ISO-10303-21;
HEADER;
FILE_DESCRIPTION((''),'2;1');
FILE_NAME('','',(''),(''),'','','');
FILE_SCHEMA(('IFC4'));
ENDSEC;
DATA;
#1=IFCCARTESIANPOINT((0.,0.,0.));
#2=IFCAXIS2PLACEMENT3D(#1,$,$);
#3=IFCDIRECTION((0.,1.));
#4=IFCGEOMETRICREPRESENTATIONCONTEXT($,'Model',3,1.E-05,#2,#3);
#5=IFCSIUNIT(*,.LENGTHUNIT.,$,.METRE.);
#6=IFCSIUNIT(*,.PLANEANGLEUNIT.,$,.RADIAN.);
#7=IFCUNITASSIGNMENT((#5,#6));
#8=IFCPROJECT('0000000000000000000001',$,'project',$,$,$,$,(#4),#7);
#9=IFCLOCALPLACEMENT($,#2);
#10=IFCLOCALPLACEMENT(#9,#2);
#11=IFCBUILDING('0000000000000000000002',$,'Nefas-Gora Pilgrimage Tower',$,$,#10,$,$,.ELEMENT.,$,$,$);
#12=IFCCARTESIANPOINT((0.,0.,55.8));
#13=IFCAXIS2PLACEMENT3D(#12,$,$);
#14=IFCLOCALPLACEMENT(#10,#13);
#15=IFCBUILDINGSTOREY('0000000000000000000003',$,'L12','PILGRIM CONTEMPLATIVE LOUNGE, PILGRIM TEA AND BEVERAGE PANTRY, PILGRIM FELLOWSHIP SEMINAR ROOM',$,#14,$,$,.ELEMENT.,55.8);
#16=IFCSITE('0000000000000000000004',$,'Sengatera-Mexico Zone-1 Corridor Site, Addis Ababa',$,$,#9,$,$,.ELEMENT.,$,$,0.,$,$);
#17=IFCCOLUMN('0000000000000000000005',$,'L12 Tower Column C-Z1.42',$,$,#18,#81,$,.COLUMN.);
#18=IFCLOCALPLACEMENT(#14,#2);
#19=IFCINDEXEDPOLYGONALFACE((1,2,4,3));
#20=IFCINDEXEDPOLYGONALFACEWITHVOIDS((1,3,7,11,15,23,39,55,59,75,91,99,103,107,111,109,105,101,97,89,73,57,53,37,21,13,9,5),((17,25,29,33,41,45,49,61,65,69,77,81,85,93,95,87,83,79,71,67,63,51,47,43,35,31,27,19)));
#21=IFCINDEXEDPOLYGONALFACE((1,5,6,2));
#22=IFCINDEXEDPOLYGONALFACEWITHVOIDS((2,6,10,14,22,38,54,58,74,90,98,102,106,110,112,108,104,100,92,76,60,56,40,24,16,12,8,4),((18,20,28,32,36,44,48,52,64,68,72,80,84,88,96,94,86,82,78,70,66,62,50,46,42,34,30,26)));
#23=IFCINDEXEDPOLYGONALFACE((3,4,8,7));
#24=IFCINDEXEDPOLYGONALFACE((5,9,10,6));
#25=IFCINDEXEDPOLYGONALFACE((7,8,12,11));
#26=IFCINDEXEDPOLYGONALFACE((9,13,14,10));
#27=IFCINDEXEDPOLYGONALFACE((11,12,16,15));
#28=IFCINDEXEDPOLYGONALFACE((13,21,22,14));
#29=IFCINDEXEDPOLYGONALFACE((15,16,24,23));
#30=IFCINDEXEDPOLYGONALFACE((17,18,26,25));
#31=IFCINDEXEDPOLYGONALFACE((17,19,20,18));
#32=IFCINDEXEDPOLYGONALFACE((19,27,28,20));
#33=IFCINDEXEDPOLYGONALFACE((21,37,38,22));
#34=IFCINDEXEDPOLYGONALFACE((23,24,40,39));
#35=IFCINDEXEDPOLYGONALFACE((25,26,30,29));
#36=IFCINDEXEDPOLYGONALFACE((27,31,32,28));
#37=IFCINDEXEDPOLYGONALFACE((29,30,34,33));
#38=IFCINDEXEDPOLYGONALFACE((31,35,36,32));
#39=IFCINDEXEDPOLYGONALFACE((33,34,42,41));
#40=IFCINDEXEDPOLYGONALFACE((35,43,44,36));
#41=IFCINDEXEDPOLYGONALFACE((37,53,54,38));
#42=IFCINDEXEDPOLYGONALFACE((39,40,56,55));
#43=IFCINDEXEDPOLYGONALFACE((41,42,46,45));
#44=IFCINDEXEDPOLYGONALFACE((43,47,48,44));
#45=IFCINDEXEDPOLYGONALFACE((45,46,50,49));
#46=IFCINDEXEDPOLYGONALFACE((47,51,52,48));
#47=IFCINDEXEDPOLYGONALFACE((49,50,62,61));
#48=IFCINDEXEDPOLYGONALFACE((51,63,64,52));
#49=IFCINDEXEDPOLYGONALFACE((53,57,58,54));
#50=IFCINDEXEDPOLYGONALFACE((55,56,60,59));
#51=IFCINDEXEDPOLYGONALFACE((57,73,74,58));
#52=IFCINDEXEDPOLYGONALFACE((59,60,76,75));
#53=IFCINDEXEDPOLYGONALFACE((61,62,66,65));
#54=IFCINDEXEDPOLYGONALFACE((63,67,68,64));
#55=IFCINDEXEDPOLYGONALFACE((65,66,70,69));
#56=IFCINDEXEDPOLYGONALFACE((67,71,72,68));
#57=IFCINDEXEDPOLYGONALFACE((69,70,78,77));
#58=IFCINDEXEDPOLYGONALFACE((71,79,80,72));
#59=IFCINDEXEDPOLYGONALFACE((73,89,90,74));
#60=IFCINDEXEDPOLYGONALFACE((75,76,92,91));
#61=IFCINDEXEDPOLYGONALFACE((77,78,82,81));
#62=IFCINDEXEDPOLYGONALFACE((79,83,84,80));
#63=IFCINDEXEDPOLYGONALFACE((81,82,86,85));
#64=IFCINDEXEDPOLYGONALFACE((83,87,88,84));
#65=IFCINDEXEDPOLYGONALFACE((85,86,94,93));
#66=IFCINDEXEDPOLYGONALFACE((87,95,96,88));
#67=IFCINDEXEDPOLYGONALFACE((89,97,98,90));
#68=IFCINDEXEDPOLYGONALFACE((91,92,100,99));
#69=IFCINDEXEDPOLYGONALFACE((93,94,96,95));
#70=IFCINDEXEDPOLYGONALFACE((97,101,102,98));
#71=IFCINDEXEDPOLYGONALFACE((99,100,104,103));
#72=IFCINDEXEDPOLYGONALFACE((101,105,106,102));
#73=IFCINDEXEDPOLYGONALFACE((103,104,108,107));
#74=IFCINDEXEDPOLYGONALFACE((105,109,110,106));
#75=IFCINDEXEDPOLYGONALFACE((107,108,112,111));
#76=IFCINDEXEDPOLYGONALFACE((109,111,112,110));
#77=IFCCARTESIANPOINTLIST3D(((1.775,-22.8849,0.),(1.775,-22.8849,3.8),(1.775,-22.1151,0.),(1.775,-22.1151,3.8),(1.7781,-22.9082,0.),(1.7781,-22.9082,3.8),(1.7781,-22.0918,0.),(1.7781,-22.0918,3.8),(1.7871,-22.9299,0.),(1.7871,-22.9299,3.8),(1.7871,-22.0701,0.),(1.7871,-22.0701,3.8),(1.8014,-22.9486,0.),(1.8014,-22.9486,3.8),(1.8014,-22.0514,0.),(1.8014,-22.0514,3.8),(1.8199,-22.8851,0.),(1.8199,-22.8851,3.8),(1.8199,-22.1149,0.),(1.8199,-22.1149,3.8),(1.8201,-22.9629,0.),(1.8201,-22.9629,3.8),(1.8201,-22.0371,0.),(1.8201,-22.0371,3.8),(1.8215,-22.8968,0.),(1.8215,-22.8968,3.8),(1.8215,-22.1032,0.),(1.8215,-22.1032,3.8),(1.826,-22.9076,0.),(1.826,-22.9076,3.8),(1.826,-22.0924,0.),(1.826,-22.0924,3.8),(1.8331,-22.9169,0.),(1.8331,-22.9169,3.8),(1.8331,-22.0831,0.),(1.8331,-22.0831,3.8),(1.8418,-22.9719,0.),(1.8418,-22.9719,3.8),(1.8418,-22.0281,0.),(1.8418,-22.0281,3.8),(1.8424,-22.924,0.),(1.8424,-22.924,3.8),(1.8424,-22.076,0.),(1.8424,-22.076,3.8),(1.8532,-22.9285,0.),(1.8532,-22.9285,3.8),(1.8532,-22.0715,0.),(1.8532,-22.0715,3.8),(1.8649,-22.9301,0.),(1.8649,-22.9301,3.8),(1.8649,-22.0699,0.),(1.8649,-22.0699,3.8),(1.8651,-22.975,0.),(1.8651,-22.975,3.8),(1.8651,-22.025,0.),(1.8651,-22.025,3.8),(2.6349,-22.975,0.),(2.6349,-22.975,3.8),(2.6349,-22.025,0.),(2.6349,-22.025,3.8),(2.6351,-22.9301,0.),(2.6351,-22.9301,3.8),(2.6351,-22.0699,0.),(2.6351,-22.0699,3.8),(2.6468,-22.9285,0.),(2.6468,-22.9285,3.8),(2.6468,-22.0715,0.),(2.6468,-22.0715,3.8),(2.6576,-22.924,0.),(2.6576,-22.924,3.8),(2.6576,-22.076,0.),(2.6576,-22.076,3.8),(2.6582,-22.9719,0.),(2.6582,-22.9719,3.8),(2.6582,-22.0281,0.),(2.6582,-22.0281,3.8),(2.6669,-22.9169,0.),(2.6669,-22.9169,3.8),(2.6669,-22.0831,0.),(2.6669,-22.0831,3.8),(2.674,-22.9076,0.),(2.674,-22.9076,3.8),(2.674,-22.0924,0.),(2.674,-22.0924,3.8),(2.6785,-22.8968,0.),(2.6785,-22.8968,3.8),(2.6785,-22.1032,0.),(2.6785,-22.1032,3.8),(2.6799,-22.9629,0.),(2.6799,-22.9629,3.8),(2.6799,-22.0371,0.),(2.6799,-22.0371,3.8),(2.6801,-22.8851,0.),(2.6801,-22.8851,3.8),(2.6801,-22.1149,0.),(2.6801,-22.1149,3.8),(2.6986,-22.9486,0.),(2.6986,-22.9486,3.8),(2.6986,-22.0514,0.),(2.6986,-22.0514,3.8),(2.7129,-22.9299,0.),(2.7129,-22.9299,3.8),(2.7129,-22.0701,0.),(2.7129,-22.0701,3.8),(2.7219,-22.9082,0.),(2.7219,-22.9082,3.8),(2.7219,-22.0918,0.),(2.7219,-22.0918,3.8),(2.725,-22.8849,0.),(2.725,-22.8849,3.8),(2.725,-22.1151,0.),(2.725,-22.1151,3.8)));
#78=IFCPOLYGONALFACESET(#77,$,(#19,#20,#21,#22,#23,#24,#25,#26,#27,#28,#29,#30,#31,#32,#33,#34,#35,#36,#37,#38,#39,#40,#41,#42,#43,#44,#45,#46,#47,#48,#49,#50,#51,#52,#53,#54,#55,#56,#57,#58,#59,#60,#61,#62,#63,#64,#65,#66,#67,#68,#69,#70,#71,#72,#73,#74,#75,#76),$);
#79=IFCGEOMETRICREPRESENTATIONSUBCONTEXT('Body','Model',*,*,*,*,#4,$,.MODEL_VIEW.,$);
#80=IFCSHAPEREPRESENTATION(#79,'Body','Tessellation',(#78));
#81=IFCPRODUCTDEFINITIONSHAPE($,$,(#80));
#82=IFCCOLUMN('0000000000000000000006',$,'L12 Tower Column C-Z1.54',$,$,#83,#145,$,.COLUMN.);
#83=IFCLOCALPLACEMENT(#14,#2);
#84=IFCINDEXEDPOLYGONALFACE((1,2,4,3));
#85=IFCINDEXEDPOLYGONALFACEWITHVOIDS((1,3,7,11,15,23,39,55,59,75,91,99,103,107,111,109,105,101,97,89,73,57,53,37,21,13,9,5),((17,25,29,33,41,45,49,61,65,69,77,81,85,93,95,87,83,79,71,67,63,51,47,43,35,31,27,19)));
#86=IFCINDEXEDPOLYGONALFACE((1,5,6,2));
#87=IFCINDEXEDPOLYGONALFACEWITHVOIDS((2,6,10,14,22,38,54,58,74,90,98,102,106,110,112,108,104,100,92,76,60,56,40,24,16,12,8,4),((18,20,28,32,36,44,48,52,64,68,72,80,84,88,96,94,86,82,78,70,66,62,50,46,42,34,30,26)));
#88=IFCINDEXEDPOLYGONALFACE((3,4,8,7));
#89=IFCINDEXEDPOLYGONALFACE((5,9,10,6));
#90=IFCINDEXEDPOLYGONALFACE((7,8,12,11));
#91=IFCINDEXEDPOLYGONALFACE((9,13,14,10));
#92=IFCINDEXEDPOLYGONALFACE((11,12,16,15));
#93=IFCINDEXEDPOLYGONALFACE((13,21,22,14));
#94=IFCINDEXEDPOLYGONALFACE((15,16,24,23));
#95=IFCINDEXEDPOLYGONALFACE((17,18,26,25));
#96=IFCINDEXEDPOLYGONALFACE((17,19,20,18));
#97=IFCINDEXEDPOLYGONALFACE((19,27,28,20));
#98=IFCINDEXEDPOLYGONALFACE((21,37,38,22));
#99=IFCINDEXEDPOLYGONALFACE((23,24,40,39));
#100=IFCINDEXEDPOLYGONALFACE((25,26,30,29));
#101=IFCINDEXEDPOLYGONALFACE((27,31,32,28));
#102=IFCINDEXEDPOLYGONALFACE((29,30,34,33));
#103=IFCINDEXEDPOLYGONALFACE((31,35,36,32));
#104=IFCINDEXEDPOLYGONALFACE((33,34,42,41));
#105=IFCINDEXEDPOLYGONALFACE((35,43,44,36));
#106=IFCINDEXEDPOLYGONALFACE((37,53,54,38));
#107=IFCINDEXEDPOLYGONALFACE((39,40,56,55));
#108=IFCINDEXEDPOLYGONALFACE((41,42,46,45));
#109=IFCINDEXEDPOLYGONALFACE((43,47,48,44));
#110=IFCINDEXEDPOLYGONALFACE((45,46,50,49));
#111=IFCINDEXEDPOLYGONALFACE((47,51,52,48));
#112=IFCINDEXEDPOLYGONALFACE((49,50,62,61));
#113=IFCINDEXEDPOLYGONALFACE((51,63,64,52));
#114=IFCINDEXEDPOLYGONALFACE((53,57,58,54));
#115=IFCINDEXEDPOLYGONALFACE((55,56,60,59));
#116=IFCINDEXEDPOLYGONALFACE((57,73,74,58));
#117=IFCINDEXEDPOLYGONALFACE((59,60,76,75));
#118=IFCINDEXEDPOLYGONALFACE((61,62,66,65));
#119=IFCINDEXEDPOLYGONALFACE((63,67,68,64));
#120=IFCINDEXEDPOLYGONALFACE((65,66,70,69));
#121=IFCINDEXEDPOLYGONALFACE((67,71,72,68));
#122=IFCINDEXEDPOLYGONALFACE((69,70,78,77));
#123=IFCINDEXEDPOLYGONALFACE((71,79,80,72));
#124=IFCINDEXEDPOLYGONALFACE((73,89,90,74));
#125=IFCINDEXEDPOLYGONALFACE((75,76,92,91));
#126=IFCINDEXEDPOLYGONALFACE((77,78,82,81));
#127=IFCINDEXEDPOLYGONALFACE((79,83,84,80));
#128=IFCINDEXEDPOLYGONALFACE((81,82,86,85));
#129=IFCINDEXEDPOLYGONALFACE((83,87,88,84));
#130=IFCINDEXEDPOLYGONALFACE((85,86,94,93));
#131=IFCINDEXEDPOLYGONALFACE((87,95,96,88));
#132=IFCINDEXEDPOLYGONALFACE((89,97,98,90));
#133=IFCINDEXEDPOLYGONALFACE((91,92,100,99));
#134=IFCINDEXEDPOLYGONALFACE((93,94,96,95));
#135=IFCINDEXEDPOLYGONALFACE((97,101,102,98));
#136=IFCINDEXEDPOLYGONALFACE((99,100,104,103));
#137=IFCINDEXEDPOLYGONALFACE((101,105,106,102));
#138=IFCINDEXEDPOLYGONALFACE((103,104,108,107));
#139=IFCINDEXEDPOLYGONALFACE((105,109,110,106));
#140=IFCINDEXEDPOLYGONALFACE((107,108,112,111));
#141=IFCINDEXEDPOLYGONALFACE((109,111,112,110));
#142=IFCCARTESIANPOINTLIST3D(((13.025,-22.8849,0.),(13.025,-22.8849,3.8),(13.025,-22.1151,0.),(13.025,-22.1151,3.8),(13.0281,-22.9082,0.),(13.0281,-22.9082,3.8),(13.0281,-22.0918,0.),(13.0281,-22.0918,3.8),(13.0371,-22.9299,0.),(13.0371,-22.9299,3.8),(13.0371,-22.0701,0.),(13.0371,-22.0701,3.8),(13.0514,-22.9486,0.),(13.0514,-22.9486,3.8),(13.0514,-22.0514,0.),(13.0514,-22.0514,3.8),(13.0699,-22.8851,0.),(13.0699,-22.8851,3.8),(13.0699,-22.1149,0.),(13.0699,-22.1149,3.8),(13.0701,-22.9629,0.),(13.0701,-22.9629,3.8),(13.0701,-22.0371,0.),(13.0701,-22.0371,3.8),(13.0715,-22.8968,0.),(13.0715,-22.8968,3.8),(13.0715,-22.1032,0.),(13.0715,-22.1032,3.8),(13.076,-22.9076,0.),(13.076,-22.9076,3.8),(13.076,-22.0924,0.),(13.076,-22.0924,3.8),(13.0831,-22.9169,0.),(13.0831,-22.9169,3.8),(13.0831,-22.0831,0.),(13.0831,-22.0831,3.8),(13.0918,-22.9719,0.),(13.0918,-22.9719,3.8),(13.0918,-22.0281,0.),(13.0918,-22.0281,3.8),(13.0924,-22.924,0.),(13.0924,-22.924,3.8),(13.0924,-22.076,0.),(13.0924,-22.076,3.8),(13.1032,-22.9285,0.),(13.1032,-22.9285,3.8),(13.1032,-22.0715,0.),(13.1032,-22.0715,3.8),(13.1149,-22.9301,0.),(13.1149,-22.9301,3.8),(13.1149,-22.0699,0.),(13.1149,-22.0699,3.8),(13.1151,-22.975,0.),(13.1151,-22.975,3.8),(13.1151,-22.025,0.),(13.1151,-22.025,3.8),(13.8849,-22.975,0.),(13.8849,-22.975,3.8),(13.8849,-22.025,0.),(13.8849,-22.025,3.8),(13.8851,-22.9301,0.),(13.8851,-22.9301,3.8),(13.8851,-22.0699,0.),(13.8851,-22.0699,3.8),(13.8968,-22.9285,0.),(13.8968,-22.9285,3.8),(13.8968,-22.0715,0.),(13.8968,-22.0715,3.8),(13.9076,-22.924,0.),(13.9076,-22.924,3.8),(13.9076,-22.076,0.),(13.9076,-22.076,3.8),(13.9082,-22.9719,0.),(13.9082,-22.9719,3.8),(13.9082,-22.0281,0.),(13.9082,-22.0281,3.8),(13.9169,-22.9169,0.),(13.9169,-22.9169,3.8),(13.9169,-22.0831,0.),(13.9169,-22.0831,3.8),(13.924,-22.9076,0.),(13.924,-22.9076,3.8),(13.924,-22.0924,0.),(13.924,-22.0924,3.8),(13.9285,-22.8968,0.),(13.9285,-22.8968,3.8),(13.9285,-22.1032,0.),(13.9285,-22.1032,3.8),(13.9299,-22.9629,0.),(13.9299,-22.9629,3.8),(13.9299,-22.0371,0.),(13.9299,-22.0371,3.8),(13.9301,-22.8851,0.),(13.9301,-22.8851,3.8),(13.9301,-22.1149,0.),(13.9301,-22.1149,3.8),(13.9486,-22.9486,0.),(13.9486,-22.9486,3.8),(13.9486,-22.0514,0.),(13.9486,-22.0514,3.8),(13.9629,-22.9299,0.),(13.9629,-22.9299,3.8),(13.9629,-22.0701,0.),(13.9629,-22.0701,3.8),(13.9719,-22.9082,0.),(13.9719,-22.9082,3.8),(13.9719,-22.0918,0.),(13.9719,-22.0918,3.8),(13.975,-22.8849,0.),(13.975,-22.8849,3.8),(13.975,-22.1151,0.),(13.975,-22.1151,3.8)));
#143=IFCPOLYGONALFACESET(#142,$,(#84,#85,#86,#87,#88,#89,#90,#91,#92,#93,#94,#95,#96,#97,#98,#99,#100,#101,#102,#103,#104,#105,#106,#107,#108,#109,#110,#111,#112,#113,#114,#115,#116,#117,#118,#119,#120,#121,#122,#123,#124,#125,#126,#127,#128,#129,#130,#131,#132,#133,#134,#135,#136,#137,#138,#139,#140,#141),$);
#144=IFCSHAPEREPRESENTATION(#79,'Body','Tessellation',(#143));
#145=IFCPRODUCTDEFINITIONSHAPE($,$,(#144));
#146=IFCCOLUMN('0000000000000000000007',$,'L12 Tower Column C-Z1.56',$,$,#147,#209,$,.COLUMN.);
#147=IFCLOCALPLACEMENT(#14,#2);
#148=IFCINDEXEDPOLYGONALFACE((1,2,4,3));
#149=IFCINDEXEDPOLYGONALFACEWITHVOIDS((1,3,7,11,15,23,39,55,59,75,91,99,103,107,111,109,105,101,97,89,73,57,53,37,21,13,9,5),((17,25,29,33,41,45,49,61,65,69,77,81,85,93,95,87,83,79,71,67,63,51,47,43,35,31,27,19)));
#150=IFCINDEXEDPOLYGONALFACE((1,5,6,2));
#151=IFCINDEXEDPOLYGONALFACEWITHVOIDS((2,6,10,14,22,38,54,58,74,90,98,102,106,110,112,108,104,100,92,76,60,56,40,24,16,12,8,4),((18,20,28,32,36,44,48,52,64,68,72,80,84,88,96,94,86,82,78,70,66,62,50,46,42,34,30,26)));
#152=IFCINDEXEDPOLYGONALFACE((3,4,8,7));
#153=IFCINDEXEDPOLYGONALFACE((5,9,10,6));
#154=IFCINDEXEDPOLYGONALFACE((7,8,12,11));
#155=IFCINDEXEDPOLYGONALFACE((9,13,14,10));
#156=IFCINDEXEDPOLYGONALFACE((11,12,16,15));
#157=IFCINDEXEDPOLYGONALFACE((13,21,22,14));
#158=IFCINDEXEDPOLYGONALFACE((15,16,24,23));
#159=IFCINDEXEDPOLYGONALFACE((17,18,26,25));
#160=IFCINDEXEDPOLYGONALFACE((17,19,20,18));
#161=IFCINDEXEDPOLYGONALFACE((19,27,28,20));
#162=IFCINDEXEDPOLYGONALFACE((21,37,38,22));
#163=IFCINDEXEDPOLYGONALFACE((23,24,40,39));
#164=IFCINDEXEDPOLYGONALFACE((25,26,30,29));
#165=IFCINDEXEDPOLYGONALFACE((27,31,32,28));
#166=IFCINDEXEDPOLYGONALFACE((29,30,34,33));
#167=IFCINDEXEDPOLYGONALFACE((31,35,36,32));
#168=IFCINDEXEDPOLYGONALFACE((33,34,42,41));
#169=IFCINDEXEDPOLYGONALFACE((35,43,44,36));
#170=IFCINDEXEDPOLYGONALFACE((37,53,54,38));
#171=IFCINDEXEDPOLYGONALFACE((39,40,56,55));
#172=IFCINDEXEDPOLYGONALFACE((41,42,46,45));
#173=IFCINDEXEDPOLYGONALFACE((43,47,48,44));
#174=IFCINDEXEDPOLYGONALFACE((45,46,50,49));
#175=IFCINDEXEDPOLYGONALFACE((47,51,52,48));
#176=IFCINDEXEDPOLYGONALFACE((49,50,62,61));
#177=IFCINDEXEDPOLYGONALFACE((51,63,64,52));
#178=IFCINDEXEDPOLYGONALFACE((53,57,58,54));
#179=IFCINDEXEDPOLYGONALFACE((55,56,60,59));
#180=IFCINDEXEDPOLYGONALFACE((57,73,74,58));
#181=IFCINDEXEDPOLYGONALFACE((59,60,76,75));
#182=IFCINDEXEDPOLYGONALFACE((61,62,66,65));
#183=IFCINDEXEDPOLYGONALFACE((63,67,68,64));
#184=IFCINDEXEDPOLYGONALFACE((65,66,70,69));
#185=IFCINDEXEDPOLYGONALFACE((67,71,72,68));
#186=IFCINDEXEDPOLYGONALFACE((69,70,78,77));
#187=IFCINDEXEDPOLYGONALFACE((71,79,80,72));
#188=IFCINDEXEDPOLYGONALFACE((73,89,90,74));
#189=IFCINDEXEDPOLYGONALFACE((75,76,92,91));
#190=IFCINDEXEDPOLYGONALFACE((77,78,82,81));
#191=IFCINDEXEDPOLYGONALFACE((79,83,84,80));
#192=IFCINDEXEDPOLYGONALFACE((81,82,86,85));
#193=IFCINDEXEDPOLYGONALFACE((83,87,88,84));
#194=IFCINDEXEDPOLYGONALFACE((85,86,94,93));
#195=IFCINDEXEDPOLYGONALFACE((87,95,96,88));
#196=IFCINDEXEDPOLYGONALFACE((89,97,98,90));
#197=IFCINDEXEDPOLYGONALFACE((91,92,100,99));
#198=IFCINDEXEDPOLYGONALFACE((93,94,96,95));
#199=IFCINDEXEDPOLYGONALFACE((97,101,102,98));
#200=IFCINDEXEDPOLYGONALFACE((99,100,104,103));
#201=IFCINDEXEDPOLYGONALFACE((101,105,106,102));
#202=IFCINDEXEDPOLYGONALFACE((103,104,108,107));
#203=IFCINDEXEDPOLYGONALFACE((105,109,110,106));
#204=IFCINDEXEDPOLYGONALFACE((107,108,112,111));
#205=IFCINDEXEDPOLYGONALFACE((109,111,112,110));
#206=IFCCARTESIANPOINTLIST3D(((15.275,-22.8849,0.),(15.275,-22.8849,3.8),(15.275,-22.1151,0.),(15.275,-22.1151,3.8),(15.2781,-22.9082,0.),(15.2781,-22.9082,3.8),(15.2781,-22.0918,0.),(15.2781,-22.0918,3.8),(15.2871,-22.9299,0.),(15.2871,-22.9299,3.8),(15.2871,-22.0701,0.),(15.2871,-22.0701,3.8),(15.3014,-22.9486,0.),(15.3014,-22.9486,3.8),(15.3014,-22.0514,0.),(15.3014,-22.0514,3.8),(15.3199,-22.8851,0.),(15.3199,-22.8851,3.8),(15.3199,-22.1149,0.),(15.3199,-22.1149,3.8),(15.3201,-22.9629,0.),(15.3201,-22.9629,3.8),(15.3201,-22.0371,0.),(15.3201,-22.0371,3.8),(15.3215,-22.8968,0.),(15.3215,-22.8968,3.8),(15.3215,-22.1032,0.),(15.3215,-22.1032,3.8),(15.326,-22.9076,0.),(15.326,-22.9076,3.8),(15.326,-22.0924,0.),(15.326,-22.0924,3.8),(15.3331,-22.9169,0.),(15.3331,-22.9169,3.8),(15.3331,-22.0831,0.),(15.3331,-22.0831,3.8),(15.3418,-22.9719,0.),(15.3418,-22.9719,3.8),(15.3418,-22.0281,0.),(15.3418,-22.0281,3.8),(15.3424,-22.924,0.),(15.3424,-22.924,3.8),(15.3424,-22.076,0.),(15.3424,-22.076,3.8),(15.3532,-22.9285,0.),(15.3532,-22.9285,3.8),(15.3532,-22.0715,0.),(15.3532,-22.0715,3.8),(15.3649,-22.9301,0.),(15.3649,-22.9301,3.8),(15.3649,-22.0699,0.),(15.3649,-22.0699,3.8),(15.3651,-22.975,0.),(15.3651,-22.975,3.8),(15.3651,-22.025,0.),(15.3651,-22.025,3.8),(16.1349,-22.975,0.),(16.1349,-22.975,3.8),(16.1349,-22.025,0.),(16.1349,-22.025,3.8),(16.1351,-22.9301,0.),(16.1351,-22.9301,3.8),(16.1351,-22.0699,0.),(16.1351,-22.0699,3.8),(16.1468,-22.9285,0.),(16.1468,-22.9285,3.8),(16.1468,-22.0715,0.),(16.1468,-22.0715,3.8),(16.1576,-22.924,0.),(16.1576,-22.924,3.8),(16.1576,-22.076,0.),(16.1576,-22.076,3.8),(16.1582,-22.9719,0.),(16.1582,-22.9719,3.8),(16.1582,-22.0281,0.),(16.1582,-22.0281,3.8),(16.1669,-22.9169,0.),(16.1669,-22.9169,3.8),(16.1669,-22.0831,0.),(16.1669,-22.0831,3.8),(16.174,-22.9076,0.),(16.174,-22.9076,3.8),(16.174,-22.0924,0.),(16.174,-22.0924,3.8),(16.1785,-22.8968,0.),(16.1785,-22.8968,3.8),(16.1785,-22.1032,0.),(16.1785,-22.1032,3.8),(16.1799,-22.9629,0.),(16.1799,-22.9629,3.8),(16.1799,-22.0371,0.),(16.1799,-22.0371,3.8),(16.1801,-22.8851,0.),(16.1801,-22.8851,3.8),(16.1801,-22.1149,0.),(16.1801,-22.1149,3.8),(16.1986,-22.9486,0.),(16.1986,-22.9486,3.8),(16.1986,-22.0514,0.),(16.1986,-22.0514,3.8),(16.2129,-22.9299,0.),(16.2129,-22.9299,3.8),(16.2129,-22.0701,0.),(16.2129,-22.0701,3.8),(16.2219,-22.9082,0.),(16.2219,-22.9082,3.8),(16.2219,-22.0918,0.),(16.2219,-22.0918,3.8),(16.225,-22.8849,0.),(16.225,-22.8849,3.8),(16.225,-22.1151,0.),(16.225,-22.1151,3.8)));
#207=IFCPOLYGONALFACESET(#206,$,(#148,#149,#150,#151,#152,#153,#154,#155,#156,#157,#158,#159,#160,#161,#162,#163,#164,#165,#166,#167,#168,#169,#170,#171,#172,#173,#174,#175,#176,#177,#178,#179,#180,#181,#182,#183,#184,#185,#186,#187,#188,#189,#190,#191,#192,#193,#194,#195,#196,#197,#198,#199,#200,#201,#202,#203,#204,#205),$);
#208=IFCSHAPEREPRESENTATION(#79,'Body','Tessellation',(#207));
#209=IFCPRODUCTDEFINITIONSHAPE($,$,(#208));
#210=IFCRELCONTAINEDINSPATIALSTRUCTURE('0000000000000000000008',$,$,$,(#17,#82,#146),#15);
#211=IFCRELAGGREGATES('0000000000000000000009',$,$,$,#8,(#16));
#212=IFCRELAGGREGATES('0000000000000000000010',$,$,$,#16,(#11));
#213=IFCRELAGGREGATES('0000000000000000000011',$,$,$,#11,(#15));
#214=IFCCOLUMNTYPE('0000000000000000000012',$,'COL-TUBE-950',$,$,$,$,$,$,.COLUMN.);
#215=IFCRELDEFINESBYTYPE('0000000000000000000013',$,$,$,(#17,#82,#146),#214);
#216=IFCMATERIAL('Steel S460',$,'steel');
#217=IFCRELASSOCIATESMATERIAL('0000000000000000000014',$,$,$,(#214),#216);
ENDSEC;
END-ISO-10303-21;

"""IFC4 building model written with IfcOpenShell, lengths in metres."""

from ifc_helpers import new_model, si_unit, direction, frame, origin, origin_2d, place, context, subcontext, project, spatial, hollow_rectangle, extrude, source, transform, mapped, material, material_profile, profile_set, type_object, element, save


model = new_model("IFC4")

# Units and contexts
model_context = context("Model", 3, precision=1e-05, world=origin(), true_north=direction((0.0, 1.0)))
body_context = subcontext(model_context, "Body", "Model", "MODEL_VIEW")
ifc_project = project(units=[si_unit("LENGTHUNIT", "METRE"), si_unit("PLANEANGLEUNIT", "RADIAN")], contexts=[model_context])

# Site, building, storey
site_placement = place(None, origin())
site = spatial("IfcSite", under=ifc_project, at=site_placement, Name="Sengatera-Mexico Zone-1 Corridor Site, Addis Ababa", CompositionType="ELEMENT", RefElevation=0.0)
building_placement = place(site_placement, origin())
building = spatial("IfcBuilding", under=site, at=building_placement, Name="Nefas-Gora Pilgrimage Tower", CompositionType="ELEMENT")
storey_placement = place(building_placement, frame((0.0, 0.0, 55.8)))
storey = spatial("IfcBuildingStorey", under=building, at=storey_placement, Name="L12", Description="PILGRIM CONTEMPLATIVE LOUNGE, PILGRIM TEA AND BEVERAGE PANTRY, PILGRIM FELLOWSHIP SEMINAR ROOM", CompositionType="ELEMENT", Elevation=55.8)

# Columns
ifc_material_1 = material(Name="Steel S460", Category="steel")
ifc_material_profile_1 = material_profile(ifc_material_1, hollow_rectangle(XDim=0.95, YDim=0.95, WallThickness=0.0449, InnerFilletRadius=0.0449, OuterFilletRadius=0.0901, at=origin_2d()), Name="BOX 950x950x45")
ifc_profile_set_1 = profile_set([ifc_material_profile_1], Name="Steel S460")
column_type_1 = type_object("IfcColumnType", Name="COL-TUBE-950", PredefinedType="COLUMN", material=ifc_profile_set_1)
shared_shape_1 = source(origin(), body_context, "Body", "SweptSolid", [
    extrude(hollow_rectangle(XDim=0.95, YDim=0.95, WallThickness=0.0449, InnerFilletRadius=0.0449, OuterFilletRadius=0.0901, at=origin_2d()), origin(), (0.0, 0.0, 1.0), 3.8),
])
for number, where, z_axis, x_axis, name in (
    (1, (2.25, -22.5, 0.0), (0.0, 0.0, 1.0), (1.0, 0.0, 0.0), "L12 Tower Column C-Z1.42"),
    (2, (13.5, -22.5, 0.0), (0.0, 0.0, 1.0), (1.0, 0.0, 0.0), "L12 Tower Column C-Z1.54"),
    (3, (15.75, -22.5, 0.0), (0.0, 0.0, 1.0), (1.0, 0.0, 0.0), "L12 Tower Column C-Z1.56"),
):
    element("IfcColumn", number, at=place(storey_placement, frame(where, z_axis=z_axis, x_axis=x_axis)), inside=storey, type_object=column_type_1, Name=name, PredefinedType="COLUMN", context=body_context, shape_type="MappedRepresentation", body=[
        mapped(shared_shape_1, transform((0.0, 0.0, 0.0), x_axis=(1.0, 0.0, 0.0), y_axis=(0.0, 1.0, 0.0), z_axis=(0.0, 0.0, 1.0), scale=1.0)),
    ])

save(model, "model.ifc")
